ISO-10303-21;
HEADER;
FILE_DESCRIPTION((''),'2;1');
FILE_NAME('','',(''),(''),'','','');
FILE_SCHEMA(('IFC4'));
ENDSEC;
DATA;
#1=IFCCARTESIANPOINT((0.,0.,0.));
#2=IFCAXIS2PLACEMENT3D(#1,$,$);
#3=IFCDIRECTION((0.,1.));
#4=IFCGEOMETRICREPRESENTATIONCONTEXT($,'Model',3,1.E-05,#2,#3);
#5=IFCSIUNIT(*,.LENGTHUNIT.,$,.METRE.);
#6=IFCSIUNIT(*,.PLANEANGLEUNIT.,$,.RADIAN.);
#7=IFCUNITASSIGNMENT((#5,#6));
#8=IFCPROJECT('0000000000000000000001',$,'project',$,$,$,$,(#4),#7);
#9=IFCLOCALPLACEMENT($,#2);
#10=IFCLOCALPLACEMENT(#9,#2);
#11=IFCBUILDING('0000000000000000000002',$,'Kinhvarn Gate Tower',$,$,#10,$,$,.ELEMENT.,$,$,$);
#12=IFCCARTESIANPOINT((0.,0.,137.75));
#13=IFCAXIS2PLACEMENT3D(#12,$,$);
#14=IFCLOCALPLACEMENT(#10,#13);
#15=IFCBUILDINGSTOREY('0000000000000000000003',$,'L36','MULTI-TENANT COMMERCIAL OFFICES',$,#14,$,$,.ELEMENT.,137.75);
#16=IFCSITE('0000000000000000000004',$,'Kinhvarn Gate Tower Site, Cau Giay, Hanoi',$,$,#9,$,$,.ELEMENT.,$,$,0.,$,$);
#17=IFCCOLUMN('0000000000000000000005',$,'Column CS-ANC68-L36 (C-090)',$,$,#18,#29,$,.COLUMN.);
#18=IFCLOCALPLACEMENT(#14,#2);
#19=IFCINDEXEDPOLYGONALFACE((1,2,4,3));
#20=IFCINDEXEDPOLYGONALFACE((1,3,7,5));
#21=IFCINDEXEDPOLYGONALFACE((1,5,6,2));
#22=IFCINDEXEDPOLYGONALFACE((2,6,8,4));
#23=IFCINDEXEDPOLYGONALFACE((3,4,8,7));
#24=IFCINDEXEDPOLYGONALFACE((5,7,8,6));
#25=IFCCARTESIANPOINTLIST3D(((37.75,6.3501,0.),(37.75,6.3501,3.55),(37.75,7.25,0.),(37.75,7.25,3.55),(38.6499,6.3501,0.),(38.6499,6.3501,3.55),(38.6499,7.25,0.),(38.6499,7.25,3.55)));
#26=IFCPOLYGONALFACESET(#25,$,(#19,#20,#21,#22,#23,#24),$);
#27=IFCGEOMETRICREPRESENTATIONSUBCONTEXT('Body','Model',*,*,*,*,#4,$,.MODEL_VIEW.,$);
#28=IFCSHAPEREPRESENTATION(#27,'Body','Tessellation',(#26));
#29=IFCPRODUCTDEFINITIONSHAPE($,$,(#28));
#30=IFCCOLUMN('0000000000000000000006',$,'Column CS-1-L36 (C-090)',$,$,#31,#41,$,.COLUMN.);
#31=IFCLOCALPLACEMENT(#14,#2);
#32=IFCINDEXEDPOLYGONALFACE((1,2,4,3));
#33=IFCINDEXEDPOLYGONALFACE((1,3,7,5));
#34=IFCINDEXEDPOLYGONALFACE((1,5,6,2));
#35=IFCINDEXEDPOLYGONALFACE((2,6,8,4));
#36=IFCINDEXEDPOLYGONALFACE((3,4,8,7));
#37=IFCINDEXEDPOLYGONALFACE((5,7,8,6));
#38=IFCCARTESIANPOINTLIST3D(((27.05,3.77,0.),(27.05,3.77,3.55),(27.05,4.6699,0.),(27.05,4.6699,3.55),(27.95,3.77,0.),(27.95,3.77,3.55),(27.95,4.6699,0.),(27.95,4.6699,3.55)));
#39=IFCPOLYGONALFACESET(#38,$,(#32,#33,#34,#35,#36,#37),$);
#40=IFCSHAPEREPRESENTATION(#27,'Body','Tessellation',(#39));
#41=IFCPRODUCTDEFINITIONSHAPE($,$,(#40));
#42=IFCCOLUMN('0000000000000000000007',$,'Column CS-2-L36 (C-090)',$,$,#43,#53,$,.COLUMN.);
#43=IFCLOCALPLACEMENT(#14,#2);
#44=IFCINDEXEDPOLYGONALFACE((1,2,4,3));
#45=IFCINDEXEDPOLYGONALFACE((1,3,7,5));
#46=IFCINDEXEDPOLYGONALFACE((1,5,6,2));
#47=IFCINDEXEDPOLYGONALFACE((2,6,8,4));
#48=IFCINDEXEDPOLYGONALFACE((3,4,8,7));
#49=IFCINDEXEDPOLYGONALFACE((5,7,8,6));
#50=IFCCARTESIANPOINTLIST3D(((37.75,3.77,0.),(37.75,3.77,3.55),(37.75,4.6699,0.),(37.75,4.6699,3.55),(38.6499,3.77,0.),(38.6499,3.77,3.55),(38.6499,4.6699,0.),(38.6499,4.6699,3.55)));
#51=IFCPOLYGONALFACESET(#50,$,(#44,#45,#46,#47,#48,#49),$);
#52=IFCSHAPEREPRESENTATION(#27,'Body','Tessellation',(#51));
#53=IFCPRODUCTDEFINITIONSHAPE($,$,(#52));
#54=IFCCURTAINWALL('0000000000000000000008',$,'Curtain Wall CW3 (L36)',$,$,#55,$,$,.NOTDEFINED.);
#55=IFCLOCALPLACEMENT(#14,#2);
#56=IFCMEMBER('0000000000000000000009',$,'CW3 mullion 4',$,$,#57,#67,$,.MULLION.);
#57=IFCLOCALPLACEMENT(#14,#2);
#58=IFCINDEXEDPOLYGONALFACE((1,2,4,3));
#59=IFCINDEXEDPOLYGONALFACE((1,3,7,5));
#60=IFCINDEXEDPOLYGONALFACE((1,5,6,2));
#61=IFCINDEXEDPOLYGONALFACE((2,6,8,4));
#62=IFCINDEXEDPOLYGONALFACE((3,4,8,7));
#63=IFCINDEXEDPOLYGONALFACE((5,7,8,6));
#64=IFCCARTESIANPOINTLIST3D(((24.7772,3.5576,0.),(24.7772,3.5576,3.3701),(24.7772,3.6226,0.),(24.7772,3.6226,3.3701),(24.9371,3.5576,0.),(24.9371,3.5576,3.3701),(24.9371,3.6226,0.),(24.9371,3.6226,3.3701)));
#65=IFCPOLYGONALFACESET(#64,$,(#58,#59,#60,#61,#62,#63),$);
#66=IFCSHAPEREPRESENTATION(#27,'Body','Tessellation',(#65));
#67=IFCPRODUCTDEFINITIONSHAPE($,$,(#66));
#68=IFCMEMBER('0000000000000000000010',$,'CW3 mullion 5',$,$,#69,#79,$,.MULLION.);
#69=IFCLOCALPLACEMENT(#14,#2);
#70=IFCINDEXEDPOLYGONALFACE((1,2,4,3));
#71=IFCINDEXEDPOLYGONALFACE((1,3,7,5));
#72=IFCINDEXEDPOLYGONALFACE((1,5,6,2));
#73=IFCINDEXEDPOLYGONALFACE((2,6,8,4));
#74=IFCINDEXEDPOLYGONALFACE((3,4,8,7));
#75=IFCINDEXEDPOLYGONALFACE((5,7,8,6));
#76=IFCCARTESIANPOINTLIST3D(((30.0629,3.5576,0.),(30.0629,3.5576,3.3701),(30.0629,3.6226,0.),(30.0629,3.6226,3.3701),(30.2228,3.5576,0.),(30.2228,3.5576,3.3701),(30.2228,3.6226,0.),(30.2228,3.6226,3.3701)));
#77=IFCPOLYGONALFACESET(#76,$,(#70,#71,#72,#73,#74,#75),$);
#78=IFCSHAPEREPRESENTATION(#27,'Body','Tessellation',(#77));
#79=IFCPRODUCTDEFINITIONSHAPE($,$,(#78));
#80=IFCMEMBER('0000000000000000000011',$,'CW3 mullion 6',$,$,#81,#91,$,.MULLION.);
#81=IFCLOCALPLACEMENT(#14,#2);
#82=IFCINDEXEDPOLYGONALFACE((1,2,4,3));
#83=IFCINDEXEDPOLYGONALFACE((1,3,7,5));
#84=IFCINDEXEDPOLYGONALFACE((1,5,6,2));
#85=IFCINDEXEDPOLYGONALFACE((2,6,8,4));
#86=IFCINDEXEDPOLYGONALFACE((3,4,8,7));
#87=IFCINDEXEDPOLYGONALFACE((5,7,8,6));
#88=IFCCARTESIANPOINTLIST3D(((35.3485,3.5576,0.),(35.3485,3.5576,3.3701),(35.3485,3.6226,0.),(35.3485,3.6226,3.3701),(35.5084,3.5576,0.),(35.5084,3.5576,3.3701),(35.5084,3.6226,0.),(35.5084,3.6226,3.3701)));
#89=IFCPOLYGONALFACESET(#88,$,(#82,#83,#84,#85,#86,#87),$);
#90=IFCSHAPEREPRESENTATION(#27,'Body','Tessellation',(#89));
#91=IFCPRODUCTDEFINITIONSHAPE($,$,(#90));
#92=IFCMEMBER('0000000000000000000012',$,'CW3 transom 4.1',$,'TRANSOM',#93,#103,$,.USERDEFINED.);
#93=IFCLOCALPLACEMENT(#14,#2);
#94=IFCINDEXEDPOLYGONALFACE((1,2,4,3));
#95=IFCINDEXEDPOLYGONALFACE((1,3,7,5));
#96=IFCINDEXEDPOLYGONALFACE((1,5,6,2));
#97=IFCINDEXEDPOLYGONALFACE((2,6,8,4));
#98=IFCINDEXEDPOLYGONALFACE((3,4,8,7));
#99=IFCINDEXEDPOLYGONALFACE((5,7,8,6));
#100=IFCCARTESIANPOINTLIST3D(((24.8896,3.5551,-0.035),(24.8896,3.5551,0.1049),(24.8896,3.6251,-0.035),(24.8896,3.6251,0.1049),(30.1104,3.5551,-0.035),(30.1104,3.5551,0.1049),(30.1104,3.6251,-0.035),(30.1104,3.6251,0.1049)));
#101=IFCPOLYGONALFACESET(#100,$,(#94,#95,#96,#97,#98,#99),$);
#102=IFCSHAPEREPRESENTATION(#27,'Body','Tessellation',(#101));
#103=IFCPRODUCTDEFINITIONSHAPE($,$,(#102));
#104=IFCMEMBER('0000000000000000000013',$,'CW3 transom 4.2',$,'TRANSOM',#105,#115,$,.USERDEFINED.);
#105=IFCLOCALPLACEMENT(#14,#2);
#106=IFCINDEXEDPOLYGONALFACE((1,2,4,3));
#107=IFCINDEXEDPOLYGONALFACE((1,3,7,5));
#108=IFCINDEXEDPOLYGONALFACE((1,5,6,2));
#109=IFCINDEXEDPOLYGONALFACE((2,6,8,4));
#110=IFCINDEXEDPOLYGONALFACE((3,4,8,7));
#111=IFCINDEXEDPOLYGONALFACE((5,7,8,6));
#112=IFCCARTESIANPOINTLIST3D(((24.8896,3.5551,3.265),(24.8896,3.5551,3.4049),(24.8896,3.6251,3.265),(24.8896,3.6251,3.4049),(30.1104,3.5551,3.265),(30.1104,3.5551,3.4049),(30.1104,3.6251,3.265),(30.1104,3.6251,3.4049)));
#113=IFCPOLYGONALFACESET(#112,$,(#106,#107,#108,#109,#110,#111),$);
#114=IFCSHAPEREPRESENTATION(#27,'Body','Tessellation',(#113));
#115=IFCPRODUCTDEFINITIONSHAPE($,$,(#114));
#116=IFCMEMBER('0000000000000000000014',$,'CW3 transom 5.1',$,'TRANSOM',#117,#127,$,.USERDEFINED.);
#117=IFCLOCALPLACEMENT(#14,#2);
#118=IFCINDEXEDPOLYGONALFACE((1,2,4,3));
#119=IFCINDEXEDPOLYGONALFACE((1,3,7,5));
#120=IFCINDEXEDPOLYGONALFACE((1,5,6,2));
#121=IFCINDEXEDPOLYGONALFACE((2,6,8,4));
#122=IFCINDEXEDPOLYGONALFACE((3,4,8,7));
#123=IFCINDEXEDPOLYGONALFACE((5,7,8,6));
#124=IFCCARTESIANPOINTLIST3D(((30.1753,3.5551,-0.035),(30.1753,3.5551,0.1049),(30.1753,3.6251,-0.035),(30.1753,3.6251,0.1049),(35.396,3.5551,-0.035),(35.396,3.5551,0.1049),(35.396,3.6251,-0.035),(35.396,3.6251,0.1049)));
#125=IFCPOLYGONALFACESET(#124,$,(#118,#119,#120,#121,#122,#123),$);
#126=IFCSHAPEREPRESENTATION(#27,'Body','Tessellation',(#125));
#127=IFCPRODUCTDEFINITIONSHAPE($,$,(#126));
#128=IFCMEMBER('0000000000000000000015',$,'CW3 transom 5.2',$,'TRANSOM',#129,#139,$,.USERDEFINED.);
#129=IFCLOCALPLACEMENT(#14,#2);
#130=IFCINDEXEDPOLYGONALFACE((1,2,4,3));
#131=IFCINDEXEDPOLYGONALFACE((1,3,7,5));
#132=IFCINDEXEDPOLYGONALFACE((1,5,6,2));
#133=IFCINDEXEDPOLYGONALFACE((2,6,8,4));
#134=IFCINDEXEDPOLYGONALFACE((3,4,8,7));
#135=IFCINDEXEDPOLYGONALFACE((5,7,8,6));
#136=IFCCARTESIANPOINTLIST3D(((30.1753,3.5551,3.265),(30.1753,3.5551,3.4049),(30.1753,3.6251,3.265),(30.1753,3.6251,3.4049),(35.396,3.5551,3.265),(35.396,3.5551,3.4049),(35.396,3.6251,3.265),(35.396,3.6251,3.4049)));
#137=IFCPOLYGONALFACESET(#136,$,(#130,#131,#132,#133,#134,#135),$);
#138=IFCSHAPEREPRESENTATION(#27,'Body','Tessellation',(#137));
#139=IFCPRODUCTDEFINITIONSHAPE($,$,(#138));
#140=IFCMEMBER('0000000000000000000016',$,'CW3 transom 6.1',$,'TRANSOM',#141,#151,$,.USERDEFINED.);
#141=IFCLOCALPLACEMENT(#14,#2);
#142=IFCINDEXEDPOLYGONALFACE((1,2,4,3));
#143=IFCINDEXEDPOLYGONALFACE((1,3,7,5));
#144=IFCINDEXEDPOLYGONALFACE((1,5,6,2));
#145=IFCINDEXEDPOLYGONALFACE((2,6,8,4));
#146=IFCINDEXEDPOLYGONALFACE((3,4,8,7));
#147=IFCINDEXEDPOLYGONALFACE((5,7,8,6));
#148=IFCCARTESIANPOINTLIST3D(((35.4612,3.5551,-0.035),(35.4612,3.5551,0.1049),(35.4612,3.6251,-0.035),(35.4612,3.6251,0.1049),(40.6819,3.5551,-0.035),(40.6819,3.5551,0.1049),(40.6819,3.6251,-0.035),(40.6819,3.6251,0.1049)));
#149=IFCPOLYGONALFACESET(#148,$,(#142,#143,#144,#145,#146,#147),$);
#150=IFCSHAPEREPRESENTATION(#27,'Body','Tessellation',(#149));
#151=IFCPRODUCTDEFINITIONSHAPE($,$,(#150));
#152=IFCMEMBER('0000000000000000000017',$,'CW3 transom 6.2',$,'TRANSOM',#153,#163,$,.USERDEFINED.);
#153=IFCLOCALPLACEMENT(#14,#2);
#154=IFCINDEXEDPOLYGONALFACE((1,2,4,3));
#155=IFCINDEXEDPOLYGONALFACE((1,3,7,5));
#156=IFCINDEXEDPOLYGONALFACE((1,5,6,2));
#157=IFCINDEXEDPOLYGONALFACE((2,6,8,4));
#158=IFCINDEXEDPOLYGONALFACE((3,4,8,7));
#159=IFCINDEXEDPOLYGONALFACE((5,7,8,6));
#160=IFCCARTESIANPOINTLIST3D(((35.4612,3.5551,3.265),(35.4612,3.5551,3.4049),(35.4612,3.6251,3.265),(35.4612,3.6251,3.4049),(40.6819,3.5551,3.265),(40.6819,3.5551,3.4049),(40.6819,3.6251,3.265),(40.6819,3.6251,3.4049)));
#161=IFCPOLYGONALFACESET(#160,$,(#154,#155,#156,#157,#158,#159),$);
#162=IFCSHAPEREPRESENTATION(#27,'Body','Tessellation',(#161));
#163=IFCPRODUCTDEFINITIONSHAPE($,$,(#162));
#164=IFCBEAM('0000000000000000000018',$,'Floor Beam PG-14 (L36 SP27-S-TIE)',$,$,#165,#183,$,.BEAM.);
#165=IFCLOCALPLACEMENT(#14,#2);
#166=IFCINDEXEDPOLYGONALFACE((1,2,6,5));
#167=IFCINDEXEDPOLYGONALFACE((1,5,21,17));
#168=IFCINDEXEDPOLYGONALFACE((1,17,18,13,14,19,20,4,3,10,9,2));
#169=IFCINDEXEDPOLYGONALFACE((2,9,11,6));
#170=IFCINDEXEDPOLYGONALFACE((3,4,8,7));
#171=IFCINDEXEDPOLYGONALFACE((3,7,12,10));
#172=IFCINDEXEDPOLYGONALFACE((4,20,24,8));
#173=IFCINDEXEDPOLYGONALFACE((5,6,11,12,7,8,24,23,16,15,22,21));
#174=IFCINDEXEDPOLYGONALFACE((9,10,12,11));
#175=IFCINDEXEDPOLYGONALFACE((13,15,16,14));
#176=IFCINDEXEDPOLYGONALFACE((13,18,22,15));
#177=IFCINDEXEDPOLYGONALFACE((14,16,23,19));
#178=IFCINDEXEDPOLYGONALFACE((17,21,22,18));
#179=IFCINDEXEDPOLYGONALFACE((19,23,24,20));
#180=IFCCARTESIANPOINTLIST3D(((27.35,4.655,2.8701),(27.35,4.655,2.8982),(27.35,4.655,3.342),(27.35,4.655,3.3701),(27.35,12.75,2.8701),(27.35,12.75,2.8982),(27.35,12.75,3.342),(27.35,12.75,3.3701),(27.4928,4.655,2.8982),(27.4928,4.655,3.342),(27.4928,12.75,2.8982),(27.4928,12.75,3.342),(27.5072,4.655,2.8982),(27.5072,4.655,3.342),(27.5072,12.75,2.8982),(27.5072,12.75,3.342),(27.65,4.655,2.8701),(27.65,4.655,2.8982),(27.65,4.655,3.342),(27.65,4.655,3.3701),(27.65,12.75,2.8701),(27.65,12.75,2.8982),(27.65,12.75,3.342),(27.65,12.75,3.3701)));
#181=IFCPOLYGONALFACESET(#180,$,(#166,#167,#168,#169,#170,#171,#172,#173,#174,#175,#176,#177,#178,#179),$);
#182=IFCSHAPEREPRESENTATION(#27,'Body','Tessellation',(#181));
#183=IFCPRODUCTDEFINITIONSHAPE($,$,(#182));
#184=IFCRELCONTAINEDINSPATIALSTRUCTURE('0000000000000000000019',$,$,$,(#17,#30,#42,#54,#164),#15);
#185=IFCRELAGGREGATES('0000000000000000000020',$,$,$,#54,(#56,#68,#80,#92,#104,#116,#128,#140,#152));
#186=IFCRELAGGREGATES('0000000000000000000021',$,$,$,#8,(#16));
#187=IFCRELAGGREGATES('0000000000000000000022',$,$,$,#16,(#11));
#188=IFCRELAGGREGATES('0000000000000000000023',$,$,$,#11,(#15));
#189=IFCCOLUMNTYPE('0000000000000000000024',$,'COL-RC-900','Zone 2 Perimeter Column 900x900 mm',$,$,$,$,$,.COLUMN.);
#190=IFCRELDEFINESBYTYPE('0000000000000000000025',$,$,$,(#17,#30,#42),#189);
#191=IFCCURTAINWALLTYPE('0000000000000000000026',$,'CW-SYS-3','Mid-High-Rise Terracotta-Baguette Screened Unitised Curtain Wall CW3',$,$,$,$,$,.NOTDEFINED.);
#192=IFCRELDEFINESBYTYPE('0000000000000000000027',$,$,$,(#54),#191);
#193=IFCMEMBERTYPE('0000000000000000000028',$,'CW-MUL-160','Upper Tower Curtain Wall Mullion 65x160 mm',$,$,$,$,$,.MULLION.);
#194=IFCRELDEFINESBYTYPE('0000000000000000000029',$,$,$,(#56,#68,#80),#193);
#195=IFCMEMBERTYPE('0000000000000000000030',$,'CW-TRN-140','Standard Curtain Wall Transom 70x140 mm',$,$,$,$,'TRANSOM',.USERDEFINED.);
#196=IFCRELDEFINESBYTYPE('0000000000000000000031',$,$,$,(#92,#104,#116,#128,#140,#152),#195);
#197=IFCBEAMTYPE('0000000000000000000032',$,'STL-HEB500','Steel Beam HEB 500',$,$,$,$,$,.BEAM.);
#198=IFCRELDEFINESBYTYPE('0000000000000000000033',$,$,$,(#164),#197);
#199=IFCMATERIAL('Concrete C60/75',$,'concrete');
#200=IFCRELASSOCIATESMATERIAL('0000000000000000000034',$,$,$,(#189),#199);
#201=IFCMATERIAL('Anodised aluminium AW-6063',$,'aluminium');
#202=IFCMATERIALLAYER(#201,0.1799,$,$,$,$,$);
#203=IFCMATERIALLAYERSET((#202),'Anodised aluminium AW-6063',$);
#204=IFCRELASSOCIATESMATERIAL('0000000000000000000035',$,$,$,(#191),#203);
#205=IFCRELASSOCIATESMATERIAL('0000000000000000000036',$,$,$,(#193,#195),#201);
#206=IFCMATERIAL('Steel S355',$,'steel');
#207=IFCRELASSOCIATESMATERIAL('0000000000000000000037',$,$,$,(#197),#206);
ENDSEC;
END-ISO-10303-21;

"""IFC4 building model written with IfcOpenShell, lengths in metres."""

from ifc_helpers import new_model, si_unit, direction, frame, origin, origin_2d, place, context, subcontext, project, spatial, rectangle, i_section, extrude, material, layer, layer_set, material_profile, profile_set, type_object, element, aggregate, save


model = new_model("IFC4")

# Units and contexts
model_context = context("Model", 3, precision=1e-05, world=origin(), true_north=direction((0.0, 1.0)))
body_context = subcontext(model_context, "Body", "Model", "MODEL_VIEW")
ifc_project = project(units=[si_unit("LENGTHUNIT", "METRE"), si_unit("PLANEANGLEUNIT", "RADIAN")], contexts=[model_context])

# Site, building, storey
site_placement = place(None, origin())
site = spatial("IfcSite", under=ifc_project, at=site_placement, Name="Kinhvarn Gate Tower Site, Cau Giay, Hanoi", CompositionType="ELEMENT", RefElevation=0.0)
building_placement = place(site_placement, origin())
building = spatial("IfcBuilding", under=site, at=building_placement, Name="Kinhvarn Gate Tower", CompositionType="ELEMENT")
storey_placement = place(building_placement, frame((0.0, 0.0, 137.75)))
storey = spatial("IfcBuildingStorey", under=building, at=storey_placement, Name="L36", Description="MULTI-TENANT COMMERCIAL OFFICES", CompositionType="ELEMENT", Elevation=137.75)

# Columns
ifc_material_1 = material(Name="Concrete C60/75", Category="concrete")
ifc_material_profile_1 = material_profile(ifc_material_1, rectangle(XDim=0.8999, YDim=0.8999, at=origin_2d()), Name="RC 900x900")
ifc_profile_set_1 = profile_set([ifc_material_profile_1], Name="Concrete C60/75")
column_type = type_object("IfcColumnType", Name="COL-RC-900", Description="Zone 2 Perimeter Column 900x900 mm", PredefinedType="COLUMN", material=ifc_profile_set_1)
for number, where, z_axis, x_axis, name in (
    (1, (38.2, 6.8, 0.0), (0.0, 0.0, 1.0), (1.0, 0.0, 0.0), "Column CS-ANC68-L36 (C-090)"),
    (2, (27.5, 4.22, 0.0), (0.0, 0.0, 1.0), (1.0, 0.0, 0.0), "Column CS-1-L36 (C-090)"),
    (3, (38.2, 4.22, 0.0), (0.0, 0.0, 1.0), (1.0, 0.0, 0.0), "Column CS-2-L36 (C-090)"),
):
    element("IfcColumn", number, at=place(storey_placement, frame(where, z_axis=z_axis, x_axis=x_axis)), inside=storey, type_object=column_type, Name=name, PredefinedType="COLUMN", context=body_context, shape_type="SweptSolid", body=[
        extrude(rectangle(XDim=0.8999, YDim=0.8999, at=origin_2d()), origin(), (0.0, 0.0, 1.0), 3.55),
    ])

# Curtain wall, members
ifc_material_2 = material(Name="Anodised aluminium AW-6063", Category="aluminium")
ifc_layer_1 = layer(ifc_material_2, 0.1799)
ifc_layer_set_1 = layer_set([ifc_layer_1], Name="Anodised aluminium AW-6063")
curtain_wall_type = type_object("IfcCurtainWallType", Name="CW-SYS-3", Description="Mid-High-Rise Terracotta-Baguette Screened Unitised Curtain Wall CW3", PredefinedType="NOTDEFINED", material=ifc_layer_set_1)
curtain_wall_placement = place(storey_placement, origin())
curtain_wall = element("IfcCurtainWall", 4, at=curtain_wall_placement, inside=storey, type_object=curtain_wall_type, Name="Curtain Wall CW3 (L36)", PredefinedType="NOTDEFINED")
ifc_material_profile_2 = material_profile(ifc_material_2, rectangle(XDim=0.0649, YDim=0.1599, at=origin_2d()), Name="ALU 65x160")
ifc_profile_set_2 = profile_set([ifc_material_profile_2], Name="Anodised aluminium AW-6063")
member_type_1 = type_object("IfcMemberType", Name="CW-MUL-160", Description="Upper Tower Curtain Wall Mullion 65x160 mm", PredefinedType="MULLION", material=ifc_profile_set_2)
member_1_placement = place(storey_placement, frame((24.8572, 3.5901, 0.0), z_axis=(0.0, 0.0, 1.0), x_axis=(0.0, 1.0, 0.0)))
member_1 = element("IfcMember", 5, at=member_1_placement, type_object=member_type_1, Name="CW3 mullion 4", PredefinedType="MULLION", context=body_context, shape_type="SweptSolid", body=[
    extrude(rectangle(XDim=0.0649, YDim=0.1599, at=origin_2d()), origin(), (0.0, 0.0, 1.0), 3.3701),
])
member_2_placement = place(storey_placement, frame((30.1428, 3.5901, 0.0), z_axis=(0.0, 0.0, 1.0), x_axis=(0.0, 1.0, 0.0)))
member_2 = element("IfcMember", 6, at=member_2_placement, type_object=member_type_1, Name="CW3 mullion 5", PredefinedType="MULLION", context=body_context, shape_type="SweptSolid", body=[
    extrude(rectangle(XDim=0.0649, YDim=0.1599, at=origin_2d()), origin(), (0.0, 0.0, 1.0), 3.3701),
])
member_3_placement = place(storey_placement, frame((35.4285, 3.5901, 0.0), z_axis=(0.0, 0.0, 1.0), x_axis=(0.0, 1.0, 0.0)))
member_3 = element("IfcMember", 7, at=member_3_placement, type_object=member_type_1, Name="CW3 mullion 6", PredefinedType="MULLION", context=body_context, shape_type="SweptSolid", body=[
    extrude(rectangle(XDim=0.0649, YDim=0.1599, at=origin_2d()), origin(), (0.0, 0.0, 1.0), 3.3701),
])
ifc_material_profile_3 = material_profile(ifc_material_2, rectangle(XDim=0.0701, YDim=0.1399, at=origin_2d()), Name="ALU 70x140")
ifc_profile_set_3 = profile_set([ifc_material_profile_3], Name="Anodised aluminium AW-6063")
member_type_2 = type_object("IfcMemberType", Name="CW-TRN-140", Description="Standard Curtain Wall Transom 70x140 mm", ElementType="TRANSOM", PredefinedType="USERDEFINED", material=ifc_profile_set_3)
member_4_placement = place(storey_placement, frame((24.8896, 3.5901, 0.0349), z_axis=(1.0, 0.0, 0.0), x_axis=(0.0, 1.0, 0.0)))
member_4 = element("IfcMember", 8, at=member_4_placement, type_object=member_type_2, Name="CW3 transom 4.1", ObjectType="TRANSOM", PredefinedType="USERDEFINED", context=body_context, shape_type="SweptSolid", body=[
    extrude(rectangle(XDim=0.0701, YDim=0.1399, at=origin_2d()), origin(), (0.0, 0.0, 1.0), 5.2207),
])
member_5_placement = place(storey_placement, frame((24.8896, 3.5901, 3.335), z_axis=(1.0, 0.0, 0.0), x_axis=(0.0, 1.0, 0.0)))
member_5 = element("IfcMember", 9, at=member_5_placement, type_object=member_type_2, Name="CW3 transom 4.2", ObjectType="TRANSOM", PredefinedType="USERDEFINED", context=body_context, shape_type="SweptSolid", body=[
    extrude(rectangle(XDim=0.0701, YDim=0.1399, at=origin_2d()), origin(), (0.0, 0.0, 1.0), 5.2207),
])
member_6_placement = place(storey_placement, frame((30.1753, 3.5901, 0.0349), z_axis=(1.0, 0.0, 0.0), x_axis=(0.0, 1.0, 0.0)))
member_6 = element("IfcMember", 10, at=member_6_placement, type_object=member_type_2, Name="CW3 transom 5.1", ObjectType="TRANSOM", PredefinedType="USERDEFINED", context=body_context, shape_type="SweptSolid", body=[
    extrude(rectangle(XDim=0.0701, YDim=0.1399, at=origin_2d()), origin(), (0.0, 0.0, 1.0), 5.2207),
])
member_7_placement = place(storey_placement, frame((30.1753, 3.5901, 3.335), z_axis=(1.0, 0.0, 0.0), x_axis=(0.0, 1.0, 0.0)))
member_7 = element("IfcMember", 11, at=member_7_placement, type_object=member_type_2, Name="CW3 transom 5.2", ObjectType="TRANSOM", PredefinedType="USERDEFINED", context=body_context, shape_type="SweptSolid", body=[
    extrude(rectangle(XDim=0.0701, YDim=0.1399, at=origin_2d()), origin(), (0.0, 0.0, 1.0), 5.2207),
])
member_8_placement = place(storey_placement, frame((35.4612, 3.5901, 0.0349), z_axis=(1.0, 0.0, 0.0), x_axis=(0.0, 1.0, 0.0)))
member_8 = element("IfcMember", 12, at=member_8_placement, type_object=member_type_2, Name="CW3 transom 6.1", ObjectType="TRANSOM", PredefinedType="USERDEFINED", context=body_context, shape_type="SweptSolid", body=[
    extrude(rectangle(XDim=0.0701, YDim=0.1399, at=origin_2d()), origin(), (0.0, 0.0, 1.0), 5.2207),
])
member_9_placement = place(storey_placement, frame((35.4612, 3.5901, 3.335), z_axis=(1.0, 0.0, 0.0), x_axis=(0.0, 1.0, 0.0)))
member_9 = element("IfcMember", 13, at=member_9_placement, type_object=member_type_2, Name="CW3 transom 6.2", ObjectType="TRANSOM", PredefinedType="USERDEFINED", context=body_context, shape_type="SweptSolid", body=[
    extrude(rectangle(XDim=0.0701, YDim=0.1399, at=origin_2d()), origin(), (0.0, 0.0, 1.0), 5.2207),
])

# Beam
ifc_material_3 = material(Name="Steel S355", Category="steel")
ifc_material_profile_4 = material_profile(ifc_material_3, i_section(OverallWidth=0.3, OverallDepth=0.5, WebThickness=0.0144, FlangeThickness=0.0281, at=origin_2d()), Name="HEB 500")
ifc_profile_set_4 = profile_set([ifc_material_profile_4], Name="Steel S355")
beam_type_1 = type_object("IfcBeamType", Name="STL-HEB500", Description="Steel Beam HEB 500", PredefinedType="BEAM", material=ifc_profile_set_4)
beam_1_placement = place(storey_placement, frame((27.5, 4.655, 3.1201), z_axis=(0.0, 1.0, 0.0), x_axis=(-1.0, 0.0, 0.0)))
element("IfcBeam", 14, at=beam_1_placement, inside=storey, type_object=beam_type_1, Name="Floor Beam PG-14 (L36 SP27-S-TIE)", PredefinedType="BEAM", context=body_context, shape_type="SweptSolid", body=[
    extrude(i_section(OverallWidth=0.3, OverallDepth=0.5, WebThickness=0.0144, FlangeThickness=0.0281, at=origin_2d()), origin(), (0.0, 0.0, 1.0), 8.095),
])

aggregate(curtain_wall, [member_1, member_2, member_3, member_4, member_5, member_6, member_7, member_8, member_9])

save(model, "model.ifc")
